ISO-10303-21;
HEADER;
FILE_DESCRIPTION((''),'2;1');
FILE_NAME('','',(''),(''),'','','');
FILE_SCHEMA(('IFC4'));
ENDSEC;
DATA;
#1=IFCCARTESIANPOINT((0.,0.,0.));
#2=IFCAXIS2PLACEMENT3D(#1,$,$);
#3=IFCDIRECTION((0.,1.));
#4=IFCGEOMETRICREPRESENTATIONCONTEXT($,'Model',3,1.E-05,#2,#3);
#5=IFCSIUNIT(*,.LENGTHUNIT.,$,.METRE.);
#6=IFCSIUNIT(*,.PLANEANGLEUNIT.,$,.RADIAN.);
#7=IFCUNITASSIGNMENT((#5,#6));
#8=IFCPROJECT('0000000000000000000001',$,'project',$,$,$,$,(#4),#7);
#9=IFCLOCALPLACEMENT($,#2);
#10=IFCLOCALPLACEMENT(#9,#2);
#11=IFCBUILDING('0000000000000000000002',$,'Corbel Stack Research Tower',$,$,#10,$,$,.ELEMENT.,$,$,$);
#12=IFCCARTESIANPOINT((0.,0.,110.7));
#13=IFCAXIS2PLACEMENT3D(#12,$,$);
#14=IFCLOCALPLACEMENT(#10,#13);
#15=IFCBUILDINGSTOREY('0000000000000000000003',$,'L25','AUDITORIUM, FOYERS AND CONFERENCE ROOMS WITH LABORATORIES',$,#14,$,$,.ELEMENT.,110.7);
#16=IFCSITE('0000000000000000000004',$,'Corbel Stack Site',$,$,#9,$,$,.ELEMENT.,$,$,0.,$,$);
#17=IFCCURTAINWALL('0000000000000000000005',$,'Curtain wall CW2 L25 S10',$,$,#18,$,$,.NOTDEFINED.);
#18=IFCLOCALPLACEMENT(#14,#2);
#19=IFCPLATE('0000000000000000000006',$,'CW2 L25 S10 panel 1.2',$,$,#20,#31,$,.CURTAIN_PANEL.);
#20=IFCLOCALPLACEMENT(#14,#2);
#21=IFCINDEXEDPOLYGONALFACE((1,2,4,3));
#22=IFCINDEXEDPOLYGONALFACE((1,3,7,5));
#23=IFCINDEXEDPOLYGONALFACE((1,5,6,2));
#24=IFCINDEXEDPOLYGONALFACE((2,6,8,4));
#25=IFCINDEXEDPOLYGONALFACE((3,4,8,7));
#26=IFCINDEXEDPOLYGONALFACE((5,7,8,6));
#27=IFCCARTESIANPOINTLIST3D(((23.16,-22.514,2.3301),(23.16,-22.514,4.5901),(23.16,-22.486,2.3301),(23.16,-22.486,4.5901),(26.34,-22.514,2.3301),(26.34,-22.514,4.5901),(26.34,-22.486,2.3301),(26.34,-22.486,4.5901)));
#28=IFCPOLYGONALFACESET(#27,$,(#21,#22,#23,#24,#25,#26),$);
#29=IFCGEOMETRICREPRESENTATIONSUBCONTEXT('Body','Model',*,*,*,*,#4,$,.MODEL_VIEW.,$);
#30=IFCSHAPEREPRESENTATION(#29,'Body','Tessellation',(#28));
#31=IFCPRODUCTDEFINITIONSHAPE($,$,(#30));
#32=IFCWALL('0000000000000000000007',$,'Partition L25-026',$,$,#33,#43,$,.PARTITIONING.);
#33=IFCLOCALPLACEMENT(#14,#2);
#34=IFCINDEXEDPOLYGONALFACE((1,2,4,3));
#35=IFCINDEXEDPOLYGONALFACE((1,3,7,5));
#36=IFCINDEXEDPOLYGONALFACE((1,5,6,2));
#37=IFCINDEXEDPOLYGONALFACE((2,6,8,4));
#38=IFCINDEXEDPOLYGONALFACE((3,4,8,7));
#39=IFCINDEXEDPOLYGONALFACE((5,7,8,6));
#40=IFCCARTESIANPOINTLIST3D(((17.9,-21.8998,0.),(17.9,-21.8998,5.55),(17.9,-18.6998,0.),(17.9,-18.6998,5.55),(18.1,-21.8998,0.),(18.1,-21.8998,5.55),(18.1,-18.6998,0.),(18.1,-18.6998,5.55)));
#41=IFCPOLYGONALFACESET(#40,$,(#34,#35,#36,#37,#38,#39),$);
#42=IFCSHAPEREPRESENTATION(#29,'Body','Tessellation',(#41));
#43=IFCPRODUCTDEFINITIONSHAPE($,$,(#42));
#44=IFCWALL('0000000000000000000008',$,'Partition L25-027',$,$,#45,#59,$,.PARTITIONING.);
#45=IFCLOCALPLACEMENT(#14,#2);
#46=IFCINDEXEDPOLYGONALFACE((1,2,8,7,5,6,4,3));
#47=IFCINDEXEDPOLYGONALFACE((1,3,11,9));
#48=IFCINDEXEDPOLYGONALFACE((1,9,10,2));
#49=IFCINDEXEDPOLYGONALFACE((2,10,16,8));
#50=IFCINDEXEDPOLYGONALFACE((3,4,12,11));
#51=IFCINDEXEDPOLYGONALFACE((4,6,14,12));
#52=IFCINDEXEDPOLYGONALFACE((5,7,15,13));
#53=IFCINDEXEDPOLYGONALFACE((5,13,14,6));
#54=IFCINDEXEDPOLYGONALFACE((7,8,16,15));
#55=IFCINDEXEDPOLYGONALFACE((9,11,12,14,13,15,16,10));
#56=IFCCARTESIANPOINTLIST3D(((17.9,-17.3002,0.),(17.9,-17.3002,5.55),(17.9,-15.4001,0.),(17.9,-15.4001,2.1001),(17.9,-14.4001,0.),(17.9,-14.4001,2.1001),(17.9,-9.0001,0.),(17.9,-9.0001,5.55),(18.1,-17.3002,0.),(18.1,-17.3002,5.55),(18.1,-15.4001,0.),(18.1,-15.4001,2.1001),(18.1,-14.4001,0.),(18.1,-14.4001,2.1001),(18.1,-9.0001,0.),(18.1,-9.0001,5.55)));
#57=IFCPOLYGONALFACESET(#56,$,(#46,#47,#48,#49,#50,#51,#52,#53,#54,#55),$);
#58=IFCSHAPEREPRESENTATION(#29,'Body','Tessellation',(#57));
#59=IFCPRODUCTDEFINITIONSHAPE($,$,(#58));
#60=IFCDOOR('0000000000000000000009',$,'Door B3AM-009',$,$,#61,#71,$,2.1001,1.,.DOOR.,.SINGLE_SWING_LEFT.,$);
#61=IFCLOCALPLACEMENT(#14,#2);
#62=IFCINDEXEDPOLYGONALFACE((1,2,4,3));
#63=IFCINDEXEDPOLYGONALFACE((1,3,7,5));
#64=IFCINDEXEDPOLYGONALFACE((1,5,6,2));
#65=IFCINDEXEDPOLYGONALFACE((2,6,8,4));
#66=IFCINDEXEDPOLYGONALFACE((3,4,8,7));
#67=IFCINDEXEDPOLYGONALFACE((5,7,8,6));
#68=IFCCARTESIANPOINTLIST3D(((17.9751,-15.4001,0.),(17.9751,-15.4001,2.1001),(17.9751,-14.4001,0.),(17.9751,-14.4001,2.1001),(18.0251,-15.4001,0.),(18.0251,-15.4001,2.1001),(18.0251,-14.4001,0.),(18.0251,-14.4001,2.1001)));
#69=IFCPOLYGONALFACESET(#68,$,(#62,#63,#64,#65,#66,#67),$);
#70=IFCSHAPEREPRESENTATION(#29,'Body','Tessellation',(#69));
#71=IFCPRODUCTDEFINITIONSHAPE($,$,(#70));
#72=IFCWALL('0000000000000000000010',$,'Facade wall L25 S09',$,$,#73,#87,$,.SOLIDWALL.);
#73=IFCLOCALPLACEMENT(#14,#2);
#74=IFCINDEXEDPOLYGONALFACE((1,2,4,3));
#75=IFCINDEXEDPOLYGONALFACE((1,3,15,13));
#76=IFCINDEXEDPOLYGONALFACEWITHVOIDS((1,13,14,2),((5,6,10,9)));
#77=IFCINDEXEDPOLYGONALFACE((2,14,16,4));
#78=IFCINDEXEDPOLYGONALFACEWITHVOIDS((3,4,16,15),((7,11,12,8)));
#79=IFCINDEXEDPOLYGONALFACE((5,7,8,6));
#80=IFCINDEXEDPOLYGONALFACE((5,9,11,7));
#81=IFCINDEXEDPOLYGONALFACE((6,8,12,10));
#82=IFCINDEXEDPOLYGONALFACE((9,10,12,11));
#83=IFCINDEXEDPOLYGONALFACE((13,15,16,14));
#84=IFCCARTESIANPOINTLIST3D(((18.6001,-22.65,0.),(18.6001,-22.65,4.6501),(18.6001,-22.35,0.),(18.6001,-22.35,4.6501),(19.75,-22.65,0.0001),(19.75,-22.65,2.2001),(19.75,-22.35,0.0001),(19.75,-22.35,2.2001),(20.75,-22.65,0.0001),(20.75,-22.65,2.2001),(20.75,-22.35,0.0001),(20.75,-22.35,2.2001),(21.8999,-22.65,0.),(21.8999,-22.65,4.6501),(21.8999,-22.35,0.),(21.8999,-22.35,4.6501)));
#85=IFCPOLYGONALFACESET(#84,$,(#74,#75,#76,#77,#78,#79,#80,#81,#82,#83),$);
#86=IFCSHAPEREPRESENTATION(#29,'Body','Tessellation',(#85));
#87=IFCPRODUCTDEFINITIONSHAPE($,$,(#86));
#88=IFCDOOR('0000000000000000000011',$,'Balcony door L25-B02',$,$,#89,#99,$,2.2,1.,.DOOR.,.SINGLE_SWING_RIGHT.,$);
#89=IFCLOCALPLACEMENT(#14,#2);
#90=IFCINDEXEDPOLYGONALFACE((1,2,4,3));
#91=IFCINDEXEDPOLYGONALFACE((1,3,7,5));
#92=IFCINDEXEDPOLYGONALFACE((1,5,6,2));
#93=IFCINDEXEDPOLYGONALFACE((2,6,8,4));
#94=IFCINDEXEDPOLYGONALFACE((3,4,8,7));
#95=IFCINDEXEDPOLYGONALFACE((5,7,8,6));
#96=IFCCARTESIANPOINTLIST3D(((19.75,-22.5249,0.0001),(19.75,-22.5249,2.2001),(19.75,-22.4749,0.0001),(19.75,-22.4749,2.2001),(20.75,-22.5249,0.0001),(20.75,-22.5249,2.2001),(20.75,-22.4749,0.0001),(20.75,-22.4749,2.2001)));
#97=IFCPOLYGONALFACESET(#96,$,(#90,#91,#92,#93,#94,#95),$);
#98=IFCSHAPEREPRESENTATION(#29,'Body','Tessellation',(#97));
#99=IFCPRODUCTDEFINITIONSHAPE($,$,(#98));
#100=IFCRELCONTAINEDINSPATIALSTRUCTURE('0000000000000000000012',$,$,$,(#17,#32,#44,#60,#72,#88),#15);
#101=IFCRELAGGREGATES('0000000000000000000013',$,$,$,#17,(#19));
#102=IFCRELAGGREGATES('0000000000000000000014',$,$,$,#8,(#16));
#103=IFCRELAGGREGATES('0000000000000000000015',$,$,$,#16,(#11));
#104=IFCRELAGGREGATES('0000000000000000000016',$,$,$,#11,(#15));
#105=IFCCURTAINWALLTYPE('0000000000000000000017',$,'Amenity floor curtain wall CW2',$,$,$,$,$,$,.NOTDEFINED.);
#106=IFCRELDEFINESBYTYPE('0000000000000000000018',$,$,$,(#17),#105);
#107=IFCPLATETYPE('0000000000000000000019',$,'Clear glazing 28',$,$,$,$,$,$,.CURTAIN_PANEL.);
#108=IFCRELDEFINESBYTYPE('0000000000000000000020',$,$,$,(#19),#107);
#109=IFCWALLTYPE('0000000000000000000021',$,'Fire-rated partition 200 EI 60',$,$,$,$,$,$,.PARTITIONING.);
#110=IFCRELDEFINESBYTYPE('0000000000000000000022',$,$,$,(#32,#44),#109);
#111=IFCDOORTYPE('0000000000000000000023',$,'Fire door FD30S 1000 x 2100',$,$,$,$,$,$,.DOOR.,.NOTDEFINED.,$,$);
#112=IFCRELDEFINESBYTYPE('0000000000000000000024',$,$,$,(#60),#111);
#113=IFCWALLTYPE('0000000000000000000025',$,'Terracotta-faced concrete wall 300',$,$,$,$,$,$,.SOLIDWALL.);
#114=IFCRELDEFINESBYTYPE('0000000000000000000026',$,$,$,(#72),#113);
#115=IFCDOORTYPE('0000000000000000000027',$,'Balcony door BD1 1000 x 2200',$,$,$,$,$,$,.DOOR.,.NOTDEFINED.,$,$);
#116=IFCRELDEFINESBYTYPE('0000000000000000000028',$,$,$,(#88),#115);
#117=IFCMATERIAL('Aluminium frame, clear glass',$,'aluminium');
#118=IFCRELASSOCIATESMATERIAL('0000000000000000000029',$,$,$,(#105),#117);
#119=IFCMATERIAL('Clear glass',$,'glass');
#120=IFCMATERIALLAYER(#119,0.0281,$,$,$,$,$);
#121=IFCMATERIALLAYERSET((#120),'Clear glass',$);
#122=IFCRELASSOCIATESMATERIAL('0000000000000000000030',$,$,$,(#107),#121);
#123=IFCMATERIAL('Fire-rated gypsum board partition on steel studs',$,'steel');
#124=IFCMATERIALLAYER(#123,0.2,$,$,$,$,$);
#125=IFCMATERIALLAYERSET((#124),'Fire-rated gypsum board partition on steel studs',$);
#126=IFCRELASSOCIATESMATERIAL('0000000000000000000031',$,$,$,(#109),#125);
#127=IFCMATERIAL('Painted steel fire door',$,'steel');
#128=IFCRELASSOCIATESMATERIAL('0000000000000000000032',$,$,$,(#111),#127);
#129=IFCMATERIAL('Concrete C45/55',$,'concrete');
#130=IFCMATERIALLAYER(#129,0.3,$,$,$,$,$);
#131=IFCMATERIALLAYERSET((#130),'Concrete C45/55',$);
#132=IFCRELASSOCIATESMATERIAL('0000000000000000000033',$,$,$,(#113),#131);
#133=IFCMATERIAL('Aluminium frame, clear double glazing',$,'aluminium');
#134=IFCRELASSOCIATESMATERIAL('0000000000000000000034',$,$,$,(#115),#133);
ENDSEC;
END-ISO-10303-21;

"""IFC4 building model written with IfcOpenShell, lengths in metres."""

from ifc_helpers import new_model, si_unit, direction, frame, frame_2d, origin, origin_2d, place, context, subcontext, project, spatial, rectangle, extrude, material, layer, layer_set, type_object, element, fill, aggregate, save


model = new_model("IFC4")

# Units and contexts
model_context = context("Model", 3, precision=1e-05, world=origin(), true_north=direction((0.0, 1.0)))
body_context = subcontext(model_context, "Body", "Model", "MODEL_VIEW")
ifc_project = project(units=[si_unit("LENGTHUNIT", "METRE"), si_unit("PLANEANGLEUNIT", "RADIAN")], contexts=[model_context])

# Site, building, storey
site_placement = place(None, origin())
site = spatial("IfcSite", under=ifc_project, at=site_placement, Name="Corbel Stack Site", CompositionType="ELEMENT", RefElevation=0.0)
building_placement = place(site_placement, origin())
building = spatial("IfcBuilding", under=site, at=building_placement, Name="Corbel Stack Research Tower", CompositionType="ELEMENT")
storey_placement = place(building_placement, frame((0.0, 0.0, 110.7)))
storey = spatial("IfcBuildingStorey", under=building, at=storey_placement, Name="L25", Description="AUDITORIUM, FOYERS AND CONFERENCE ROOMS WITH LABORATORIES", CompositionType="ELEMENT", Elevation=110.7)

# Curtain wall
ifc_material_1 = material(Name="Aluminium frame, clear glass", Category="aluminium")
curtain_wall_type = type_object("IfcCurtainWallType", Name="Amenity floor curtain wall CW2", PredefinedType="NOTDEFINED", material=ifc_material_1)
curtain_wall_placement = place(storey_placement, origin())
curtain_wall = element("IfcCurtainWall", 1, at=curtain_wall_placement, inside=storey, type_object=curtain_wall_type, Name="Curtain wall CW2 L25 S10", PredefinedType="NOTDEFINED")

# Plate
ifc_material_2 = material(Name="Clear glass", Category="glass")
ifc_layer_1 = layer(ifc_material_2, 0.0281)
ifc_layer_set_1 = layer_set([ifc_layer_1], Name="Clear glass")
plate_type = type_object("IfcPlateType", Name="Clear glazing 28", PredefinedType="CURTAIN_PANEL", material=ifc_layer_set_1)
plate_1_placement = place(storey_placement, frame((24.75, -22.5, 2.3301), z_axis=(0.0, 0.0, 1.0), x_axis=(1.0, 0.0, 0.0)))
plate_1 = element("IfcPlate", 2, at=plate_1_placement, type_object=plate_type, Name="CW2 L25 S10 panel 1.2", PredefinedType="CURTAIN_PANEL", context=body_context, shape_type="SweptSolid", body=[
    extrude(rectangle(XDim=3.1799, YDim=0.0281, at=origin_2d()), origin(), (0.0, 0.0, 1.0), 2.26),
])
aggregate(curtain_wall, [plate_1])

# Wall
ifc_material_3 = material(Name="Fire-rated gypsum board partition on steel studs", Category="steel")
ifc_layer_2 = layer(ifc_material_3, 0.2)
ifc_layer_set_2 = layer_set([ifc_layer_2], Name="Fire-rated gypsum board partition on steel studs")
wall_type_1 = type_object("IfcWallType", Name="Fire-rated partition 200 EI 60", PredefinedType="PARTITIONING", material=ifc_layer_set_2)
wall_1_placement = place(storey_placement, frame((18.0, -21.8999, 0.0), z_axis=(0.0, 0.0, 1.0), x_axis=(0.0, 1.0, 0.0)))
element("IfcWall", 3, at=wall_1_placement, inside=storey, type_object=wall_type_1, Name="Partition L25-026", PredefinedType="PARTITIONING", context=body_context, shape_type="SweptSolid", body=[
    extrude(rectangle(XDim=3.2, YDim=0.2, at=frame_2d((1.6001, 0.0))), origin(), (0.0, 0.0, 1.0), 5.55),
])

# Walls, openings, doors
wall_2_placement = place(storey_placement, frame((18.0, -17.3, 0.0), z_axis=(0.0, 0.0, 1.0), x_axis=(0.0, 1.0, 0.0)))
wall_2 = element("IfcWall", 4, at=wall_2_placement, inside=storey, type_object=wall_type_1, Name="Partition L25-027", PredefinedType="PARTITIONING", context=body_context, shape_type="SweptSolid", body=[
    extrude(rectangle(XDim=8.3, YDim=0.2, at=frame_2d((4.1499, 0.0))), origin(), (0.0, 0.0, 1.0), 5.55),
])
opening_1_placement = place(wall_2_placement, frame((1.8999, 0.0, 0.0)))
opening_1 = element("IfcOpeningElement", 5, at=opening_1_placement, cuts=wall_2, PredefinedType="OPENING", context=body_context, shape_type="SweptSolid", body=[
    extrude(rectangle(XDim=1.0, YDim=2.1001, at=frame_2d((0.5, 1.05))), frame((0.0, 0.1099, 0.0), z_axis=(0.0, -1.0, 0.0), x_axis=(1.0, 0.0, 0.0)), (0.0, 0.0, 1.0), 0.22),
])
ifc_material_4 = material(Name="Painted steel fire door", Category="steel")
door_type_1 = type_object("IfcDoorType", Name="Fire door FD30S 1000 x 2100", OperationType="NOTDEFINED", PredefinedType="DOOR", material=ifc_material_4)
door_1_placement = place(opening_1_placement, origin())
door_1 = element("IfcDoor", 6, at=door_1_placement, inside=storey, type_object=door_type_1, Name="Door B3AM-009", OperationType="SINGLE_SWING_LEFT", OverallHeight=2.1001, OverallWidth=1.0, PredefinedType="DOOR", context=body_context, shape_type="SweptSolid", body=[
    extrude(rectangle(XDim=1.0, YDim=2.1001, at=frame_2d((0.5, 1.05))), frame((0.0, 0.0249, 0.0), z_axis=(0.0, -1.0, 0.0), x_axis=(1.0, 0.0, 0.0)), (0.0, 0.0, 1.0), 0.05),
])
fill(opening_1, door_1)
ifc_material_5 = material(Name="Concrete C45/55", Category="concrete")
ifc_layer_3 = layer(ifc_material_5, 0.3)
ifc_layer_set_3 = layer_set([ifc_layer_3], Name="Concrete C45/55")
wall_type_2 = type_object("IfcWallType", Name="Terracotta-faced concrete wall 300", PredefinedType="SOLIDWALL", material=ifc_layer_set_3)
wall_3_placement = place(storey_placement, frame((21.8999, -22.5, 0.0), z_axis=(0.0, 0.0, 1.0), x_axis=(-1.0, 0.0, 0.0)))
wall_3 = element("IfcWall", 7, at=wall_3_placement, inside=storey, type_object=wall_type_2, Name="Facade wall L25 S09", PredefinedType="SOLIDWALL", context=body_context, shape_type="SweptSolid", body=[
    extrude(rectangle(XDim=3.2998, YDim=0.3, at=frame_2d((1.6499, 0.0))), origin(), (0.0, 0.0, 1.0), 4.6501),
])
opening_2_placement = place(wall_3_placement, frame((1.1499, 0.0, 0.0)))
opening_2 = element("IfcOpeningElement", 8, at=opening_2_placement, cuts=wall_3, PredefinedType="OPENING", context=body_context, shape_type="SweptSolid", body=[
    extrude(rectangle(XDim=1.0, YDim=2.2, at=frame_2d((0.5, 1.1001))), frame((0.0, 0.1599, 0.0), z_axis=(0.0, -1.0, 0.0), x_axis=(1.0, 0.0, 0.0)), (0.0, 0.0, 1.0), 0.3201),
])
ifc_material_6 = material(Name="Aluminium frame, clear double glazing", Category="aluminium")
door_type_2 = type_object("IfcDoorType", Name="Balcony door BD1 1000 x 2200", OperationType="NOTDEFINED", PredefinedType="DOOR", material=ifc_material_6)
door_2_placement = place(opening_2_placement, origin())
door_2 = element("IfcDoor", 9, at=door_2_placement, inside=storey, type_object=door_type_2, Name="Balcony door L25-B02", OperationType="SINGLE_SWING_RIGHT", OverallHeight=2.2, OverallWidth=1.0, PredefinedType="DOOR", context=body_context, shape_type="SweptSolid", body=[
    extrude(rectangle(XDim=1.0, YDim=2.2, at=frame_2d((0.5, 1.1001))), frame((0.0, 0.0249, 0.0), z_axis=(0.0, -1.0, 0.0), x_axis=(1.0, 0.0, 0.0)), (0.0, 0.0, 1.0), 0.05),
])
fill(opening_2, door_2)

save(model, "model.ifc")
